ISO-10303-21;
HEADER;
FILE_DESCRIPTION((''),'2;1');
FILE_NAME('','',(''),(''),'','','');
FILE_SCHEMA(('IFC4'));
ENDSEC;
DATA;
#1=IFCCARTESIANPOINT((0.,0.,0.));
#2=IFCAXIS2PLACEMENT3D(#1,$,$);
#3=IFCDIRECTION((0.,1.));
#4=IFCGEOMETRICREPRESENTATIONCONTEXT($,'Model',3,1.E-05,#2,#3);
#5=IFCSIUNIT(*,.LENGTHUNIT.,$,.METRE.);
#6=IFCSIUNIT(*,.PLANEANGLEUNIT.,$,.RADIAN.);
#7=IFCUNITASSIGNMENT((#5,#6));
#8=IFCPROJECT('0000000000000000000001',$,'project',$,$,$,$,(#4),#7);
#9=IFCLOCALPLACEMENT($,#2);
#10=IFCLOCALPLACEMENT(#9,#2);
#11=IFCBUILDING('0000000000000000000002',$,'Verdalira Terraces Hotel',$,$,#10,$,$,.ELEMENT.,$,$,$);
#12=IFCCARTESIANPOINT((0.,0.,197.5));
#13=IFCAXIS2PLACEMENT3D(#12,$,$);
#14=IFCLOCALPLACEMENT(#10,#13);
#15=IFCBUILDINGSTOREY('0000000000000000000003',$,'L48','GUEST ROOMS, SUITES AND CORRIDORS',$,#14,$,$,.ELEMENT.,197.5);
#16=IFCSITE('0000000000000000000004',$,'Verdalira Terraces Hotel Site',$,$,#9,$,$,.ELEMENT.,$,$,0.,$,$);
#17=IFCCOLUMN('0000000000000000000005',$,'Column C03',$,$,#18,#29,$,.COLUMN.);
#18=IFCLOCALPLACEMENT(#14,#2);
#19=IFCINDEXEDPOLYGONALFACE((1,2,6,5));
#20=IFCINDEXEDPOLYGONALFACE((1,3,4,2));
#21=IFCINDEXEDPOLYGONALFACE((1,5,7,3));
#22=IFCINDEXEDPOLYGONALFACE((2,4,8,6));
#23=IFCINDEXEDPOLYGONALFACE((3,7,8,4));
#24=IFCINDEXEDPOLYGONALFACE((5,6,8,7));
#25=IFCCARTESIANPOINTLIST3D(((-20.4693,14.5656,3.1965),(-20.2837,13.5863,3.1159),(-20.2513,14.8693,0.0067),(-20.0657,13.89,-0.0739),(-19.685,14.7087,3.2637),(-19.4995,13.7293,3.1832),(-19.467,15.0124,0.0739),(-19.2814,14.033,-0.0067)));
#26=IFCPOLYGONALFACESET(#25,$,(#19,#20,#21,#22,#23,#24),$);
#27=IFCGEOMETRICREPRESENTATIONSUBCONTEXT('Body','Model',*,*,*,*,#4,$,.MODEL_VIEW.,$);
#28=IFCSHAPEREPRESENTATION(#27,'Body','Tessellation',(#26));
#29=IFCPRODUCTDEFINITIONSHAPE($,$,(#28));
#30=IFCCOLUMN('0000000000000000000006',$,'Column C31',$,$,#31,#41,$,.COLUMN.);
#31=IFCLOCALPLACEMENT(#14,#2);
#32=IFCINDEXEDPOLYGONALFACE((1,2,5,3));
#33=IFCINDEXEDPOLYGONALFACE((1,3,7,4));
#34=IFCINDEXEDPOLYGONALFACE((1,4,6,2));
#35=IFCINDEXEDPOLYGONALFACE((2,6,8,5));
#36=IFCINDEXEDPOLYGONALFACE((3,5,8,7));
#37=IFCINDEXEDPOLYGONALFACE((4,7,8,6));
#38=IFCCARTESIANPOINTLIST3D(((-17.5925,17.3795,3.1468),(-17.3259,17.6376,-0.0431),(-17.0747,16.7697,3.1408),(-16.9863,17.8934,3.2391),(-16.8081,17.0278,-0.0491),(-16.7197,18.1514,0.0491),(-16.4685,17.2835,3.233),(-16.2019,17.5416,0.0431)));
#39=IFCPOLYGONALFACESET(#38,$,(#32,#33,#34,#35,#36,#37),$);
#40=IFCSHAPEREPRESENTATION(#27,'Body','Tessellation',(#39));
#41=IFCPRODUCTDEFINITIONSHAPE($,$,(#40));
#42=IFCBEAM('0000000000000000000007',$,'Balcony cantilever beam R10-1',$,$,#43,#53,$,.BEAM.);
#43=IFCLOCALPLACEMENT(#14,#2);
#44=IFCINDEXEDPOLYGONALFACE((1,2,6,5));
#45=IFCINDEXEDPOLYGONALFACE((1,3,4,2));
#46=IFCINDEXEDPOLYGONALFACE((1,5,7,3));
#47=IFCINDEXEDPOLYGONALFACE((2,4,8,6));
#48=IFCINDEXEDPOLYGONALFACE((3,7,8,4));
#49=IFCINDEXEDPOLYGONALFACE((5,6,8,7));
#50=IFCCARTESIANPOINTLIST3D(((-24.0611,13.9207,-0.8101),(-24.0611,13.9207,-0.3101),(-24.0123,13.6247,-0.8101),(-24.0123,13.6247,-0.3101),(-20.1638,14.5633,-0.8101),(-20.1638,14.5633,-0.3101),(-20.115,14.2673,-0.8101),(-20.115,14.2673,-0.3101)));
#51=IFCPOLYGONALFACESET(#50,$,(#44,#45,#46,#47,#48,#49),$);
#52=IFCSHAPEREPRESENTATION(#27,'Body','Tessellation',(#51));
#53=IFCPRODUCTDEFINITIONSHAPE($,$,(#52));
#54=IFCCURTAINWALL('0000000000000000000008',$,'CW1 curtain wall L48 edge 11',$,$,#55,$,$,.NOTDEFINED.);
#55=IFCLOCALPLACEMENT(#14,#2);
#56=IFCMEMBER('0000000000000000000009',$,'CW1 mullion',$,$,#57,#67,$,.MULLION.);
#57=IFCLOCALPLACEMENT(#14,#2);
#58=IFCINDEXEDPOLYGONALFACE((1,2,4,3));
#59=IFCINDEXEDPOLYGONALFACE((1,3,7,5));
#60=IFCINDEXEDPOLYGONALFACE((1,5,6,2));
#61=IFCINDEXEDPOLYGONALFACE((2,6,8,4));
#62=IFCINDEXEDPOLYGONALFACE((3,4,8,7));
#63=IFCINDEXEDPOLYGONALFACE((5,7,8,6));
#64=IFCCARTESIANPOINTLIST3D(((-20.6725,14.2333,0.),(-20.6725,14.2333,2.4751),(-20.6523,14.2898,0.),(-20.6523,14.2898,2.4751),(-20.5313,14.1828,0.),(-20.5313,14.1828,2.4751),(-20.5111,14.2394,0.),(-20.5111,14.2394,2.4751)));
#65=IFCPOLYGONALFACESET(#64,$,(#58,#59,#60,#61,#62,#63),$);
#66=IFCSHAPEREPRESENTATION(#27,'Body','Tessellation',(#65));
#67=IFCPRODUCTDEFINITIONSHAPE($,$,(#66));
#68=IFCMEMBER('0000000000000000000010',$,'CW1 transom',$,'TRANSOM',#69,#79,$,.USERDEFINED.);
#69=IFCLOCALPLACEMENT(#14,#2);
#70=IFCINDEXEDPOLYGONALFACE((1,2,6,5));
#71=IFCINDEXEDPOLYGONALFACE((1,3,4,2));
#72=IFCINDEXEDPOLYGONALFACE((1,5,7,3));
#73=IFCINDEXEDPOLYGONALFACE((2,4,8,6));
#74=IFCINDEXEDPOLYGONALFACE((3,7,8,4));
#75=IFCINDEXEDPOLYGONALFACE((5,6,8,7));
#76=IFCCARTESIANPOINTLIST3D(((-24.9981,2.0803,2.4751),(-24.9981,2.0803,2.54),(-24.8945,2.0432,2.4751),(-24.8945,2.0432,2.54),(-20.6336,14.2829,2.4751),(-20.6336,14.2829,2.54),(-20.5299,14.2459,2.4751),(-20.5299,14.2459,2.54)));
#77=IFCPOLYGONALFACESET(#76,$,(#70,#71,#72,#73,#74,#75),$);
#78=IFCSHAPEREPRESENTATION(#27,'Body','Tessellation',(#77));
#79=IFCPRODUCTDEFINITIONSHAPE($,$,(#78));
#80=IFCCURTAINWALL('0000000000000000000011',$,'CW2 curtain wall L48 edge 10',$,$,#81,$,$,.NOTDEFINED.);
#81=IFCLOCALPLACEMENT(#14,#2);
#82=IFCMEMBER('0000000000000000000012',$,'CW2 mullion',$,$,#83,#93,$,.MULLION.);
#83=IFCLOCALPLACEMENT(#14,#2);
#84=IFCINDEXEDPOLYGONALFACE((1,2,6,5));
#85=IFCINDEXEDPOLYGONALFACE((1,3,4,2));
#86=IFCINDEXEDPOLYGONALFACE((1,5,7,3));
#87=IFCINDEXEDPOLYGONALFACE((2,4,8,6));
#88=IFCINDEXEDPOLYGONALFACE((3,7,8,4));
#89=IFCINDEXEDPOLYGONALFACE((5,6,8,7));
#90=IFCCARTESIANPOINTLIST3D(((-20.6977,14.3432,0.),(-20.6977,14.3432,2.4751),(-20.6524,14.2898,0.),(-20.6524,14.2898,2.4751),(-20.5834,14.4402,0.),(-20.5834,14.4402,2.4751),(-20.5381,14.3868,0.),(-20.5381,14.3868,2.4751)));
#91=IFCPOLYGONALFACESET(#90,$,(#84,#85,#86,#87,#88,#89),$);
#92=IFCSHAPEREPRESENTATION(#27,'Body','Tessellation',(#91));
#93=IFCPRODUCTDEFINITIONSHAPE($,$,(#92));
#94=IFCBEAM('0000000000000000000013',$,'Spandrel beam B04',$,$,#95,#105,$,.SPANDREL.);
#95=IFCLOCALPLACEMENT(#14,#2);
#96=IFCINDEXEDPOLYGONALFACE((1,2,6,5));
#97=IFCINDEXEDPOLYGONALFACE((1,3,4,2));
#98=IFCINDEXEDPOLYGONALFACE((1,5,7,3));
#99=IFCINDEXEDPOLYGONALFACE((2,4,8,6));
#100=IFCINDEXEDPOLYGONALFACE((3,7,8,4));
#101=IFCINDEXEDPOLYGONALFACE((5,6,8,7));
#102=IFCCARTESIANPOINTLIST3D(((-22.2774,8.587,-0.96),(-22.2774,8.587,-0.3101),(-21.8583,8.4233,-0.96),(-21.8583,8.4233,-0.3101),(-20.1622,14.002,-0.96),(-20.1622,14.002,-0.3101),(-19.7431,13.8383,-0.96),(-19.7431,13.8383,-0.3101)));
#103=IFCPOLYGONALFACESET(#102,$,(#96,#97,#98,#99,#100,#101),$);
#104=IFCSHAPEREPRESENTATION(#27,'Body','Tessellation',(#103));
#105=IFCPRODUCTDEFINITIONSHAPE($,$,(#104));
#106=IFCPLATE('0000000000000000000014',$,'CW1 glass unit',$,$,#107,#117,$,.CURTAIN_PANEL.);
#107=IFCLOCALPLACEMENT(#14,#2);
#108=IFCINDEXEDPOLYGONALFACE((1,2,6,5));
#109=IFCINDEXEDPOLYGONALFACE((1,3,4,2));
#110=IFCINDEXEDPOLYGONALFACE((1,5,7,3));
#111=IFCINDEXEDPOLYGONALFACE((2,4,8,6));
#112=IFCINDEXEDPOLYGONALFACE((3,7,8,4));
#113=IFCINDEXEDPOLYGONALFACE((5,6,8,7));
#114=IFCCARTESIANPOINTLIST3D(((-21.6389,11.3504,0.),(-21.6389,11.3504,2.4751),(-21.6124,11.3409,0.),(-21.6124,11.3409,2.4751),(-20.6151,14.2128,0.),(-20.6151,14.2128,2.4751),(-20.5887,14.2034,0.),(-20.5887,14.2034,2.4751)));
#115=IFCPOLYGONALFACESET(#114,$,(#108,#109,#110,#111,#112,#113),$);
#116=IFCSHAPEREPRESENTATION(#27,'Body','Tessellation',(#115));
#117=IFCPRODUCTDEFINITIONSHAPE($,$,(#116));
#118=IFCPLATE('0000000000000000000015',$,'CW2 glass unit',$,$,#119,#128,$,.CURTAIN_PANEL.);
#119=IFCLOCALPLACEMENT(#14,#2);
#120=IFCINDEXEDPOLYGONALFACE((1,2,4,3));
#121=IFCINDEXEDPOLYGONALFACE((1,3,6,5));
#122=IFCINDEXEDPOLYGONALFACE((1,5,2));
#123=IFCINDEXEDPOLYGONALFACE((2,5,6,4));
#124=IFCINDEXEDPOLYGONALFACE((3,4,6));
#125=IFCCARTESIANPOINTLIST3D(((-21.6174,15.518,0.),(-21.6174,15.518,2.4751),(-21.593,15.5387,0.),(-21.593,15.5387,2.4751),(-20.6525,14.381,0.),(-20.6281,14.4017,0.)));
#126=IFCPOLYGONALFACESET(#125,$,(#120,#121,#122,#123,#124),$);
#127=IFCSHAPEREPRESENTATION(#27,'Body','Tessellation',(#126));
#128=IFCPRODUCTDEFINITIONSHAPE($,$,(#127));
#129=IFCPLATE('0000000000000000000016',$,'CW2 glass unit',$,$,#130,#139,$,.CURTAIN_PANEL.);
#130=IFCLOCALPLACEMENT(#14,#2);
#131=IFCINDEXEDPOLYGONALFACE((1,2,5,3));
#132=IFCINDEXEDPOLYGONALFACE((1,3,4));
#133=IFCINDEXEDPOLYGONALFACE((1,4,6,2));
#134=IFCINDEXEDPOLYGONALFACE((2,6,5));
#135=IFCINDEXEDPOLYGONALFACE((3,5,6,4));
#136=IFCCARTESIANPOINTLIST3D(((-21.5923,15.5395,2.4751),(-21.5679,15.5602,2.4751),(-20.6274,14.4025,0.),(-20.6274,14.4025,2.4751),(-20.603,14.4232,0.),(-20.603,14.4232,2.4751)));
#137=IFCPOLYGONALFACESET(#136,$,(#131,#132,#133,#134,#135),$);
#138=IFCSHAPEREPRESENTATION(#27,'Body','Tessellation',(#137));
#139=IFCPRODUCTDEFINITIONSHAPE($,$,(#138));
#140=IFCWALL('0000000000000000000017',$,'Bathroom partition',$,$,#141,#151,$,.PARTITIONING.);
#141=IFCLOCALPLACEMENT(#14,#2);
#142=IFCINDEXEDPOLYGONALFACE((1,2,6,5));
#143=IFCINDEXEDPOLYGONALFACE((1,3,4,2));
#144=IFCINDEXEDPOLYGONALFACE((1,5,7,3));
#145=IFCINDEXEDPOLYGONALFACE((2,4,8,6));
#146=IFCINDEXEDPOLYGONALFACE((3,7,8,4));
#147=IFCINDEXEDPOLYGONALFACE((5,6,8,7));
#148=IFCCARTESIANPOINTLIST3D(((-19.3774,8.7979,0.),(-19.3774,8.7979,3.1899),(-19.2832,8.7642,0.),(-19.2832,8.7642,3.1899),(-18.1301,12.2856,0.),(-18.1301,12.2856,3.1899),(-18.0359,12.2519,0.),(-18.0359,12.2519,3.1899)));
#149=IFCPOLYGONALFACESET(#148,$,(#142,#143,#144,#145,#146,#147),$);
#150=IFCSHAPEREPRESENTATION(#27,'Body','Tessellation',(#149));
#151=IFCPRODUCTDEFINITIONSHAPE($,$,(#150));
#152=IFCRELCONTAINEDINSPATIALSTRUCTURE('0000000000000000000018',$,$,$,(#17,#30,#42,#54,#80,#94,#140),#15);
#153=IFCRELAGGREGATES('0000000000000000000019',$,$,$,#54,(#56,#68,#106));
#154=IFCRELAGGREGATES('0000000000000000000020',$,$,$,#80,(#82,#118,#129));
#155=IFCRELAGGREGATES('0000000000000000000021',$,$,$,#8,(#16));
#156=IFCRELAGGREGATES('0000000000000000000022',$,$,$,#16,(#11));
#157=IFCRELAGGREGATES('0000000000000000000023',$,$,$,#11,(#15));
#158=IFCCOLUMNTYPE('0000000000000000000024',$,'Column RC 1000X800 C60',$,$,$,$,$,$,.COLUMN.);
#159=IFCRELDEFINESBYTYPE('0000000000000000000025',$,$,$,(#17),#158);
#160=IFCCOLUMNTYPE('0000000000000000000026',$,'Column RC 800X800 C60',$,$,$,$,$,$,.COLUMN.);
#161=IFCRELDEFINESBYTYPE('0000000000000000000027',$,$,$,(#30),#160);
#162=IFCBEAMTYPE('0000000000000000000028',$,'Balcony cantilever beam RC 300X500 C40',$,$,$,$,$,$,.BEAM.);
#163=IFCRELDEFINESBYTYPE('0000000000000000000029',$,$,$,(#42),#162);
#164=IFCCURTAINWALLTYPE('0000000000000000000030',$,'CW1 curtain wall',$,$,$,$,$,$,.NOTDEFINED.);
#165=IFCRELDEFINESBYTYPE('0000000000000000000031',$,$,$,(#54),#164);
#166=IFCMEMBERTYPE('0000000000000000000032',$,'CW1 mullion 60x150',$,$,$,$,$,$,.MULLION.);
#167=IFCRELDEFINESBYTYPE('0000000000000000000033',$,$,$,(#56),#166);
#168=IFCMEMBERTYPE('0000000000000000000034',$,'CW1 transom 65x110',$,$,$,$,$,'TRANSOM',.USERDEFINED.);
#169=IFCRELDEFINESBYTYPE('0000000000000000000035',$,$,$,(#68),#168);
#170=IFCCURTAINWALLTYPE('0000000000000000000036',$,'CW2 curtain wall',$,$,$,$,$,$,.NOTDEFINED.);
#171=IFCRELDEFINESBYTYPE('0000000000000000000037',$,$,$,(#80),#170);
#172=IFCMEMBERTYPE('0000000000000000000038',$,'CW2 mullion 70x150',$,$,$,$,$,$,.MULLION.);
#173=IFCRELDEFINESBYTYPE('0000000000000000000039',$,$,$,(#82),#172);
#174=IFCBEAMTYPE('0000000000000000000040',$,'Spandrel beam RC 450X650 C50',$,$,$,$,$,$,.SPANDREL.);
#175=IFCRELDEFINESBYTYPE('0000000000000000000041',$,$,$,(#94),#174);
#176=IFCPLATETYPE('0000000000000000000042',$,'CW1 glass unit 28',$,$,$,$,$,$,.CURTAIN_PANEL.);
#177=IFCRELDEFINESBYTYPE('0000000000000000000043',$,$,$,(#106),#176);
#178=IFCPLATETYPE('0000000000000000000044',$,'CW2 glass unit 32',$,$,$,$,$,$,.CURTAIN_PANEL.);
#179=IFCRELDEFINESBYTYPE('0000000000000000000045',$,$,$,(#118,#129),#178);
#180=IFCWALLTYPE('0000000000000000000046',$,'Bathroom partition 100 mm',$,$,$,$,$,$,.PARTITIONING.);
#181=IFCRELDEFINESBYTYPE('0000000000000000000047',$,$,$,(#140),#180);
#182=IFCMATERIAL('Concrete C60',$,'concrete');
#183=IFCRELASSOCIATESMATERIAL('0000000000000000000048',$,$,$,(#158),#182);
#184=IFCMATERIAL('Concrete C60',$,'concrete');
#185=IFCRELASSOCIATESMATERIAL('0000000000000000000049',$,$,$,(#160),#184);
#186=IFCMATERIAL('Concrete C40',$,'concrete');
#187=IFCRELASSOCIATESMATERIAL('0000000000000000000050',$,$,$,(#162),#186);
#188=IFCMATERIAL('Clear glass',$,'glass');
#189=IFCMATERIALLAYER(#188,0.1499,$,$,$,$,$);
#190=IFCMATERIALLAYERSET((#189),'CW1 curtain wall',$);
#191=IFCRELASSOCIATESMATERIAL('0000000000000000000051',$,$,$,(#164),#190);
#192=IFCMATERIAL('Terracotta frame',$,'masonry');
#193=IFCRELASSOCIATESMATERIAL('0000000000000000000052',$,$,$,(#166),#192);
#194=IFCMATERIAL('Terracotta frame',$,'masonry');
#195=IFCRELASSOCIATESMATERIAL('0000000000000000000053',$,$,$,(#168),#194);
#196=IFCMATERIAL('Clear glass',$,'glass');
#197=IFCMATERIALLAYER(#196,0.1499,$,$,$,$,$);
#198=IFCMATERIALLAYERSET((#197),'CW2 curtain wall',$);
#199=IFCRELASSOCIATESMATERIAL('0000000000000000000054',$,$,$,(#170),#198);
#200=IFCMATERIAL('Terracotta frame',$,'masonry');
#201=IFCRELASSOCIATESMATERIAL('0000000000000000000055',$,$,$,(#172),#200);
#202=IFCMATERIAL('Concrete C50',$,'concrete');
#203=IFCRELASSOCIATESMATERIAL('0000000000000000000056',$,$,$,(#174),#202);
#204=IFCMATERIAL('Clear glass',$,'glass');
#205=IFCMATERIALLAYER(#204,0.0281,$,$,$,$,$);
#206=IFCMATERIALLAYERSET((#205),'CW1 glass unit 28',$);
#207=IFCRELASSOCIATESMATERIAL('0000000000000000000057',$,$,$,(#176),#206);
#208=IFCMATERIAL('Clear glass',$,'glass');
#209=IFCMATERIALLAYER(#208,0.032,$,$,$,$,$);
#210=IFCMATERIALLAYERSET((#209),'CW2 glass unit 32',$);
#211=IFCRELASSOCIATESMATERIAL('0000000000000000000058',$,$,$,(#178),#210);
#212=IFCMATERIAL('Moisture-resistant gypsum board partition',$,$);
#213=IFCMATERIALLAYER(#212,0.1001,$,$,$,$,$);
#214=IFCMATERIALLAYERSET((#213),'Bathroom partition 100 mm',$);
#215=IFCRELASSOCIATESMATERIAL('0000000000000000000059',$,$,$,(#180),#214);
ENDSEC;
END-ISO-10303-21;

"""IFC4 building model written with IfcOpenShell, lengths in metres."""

from ifc_helpers import new_model, si_unit, direction, frame, frame_2d, origin, origin_2d, place, context, subcontext, project, spatial, polyline, rectangle, outline, extrude, material, layer, layer_set, material_profile, profile_set, type_object, element, aggregate, save


model = new_model("IFC4")

# Units and contexts
model_context = context("Model", 3, precision=1e-05, world=origin(), true_north=direction((0.0, 1.0)))
body_context = subcontext(model_context, "Body", "Model", "MODEL_VIEW")
ifc_project = project(units=[si_unit("LENGTHUNIT", "METRE"), si_unit("PLANEANGLEUNIT", "RADIAN")], contexts=[model_context])

# Site, building, storey
site_placement = place(None, origin())
site = spatial("IfcSite", under=ifc_project, at=site_placement, Name="Verdalira Terraces Hotel Site", CompositionType="ELEMENT", RefElevation=0.0)
building_placement = place(site_placement, origin())
building = spatial("IfcBuilding", under=site, at=building_placement, Name="Verdalira Terraces Hotel", CompositionType="ELEMENT")
storey_placement = place(building_placement, frame((0.0, 0.0, 197.5)))
storey = spatial("IfcBuildingStorey", under=building, at=storey_placement, Name="L48", Description="GUEST ROOMS, SUITES AND CORRIDORS", CompositionType="ELEMENT", Elevation=197.5)

# Columns
ifc_material_1 = material(Name="Concrete C60", Category="concrete")
ifc_material_profile_1 = material_profile(ifc_material_1, rectangle(XDim=1.0, YDim=0.8, at=origin_2d()), Name="RC 1000X800")
ifc_profile_set_1 = profile_set([ifc_material_profile_1], Name="Concrete C60")
column_type_1 = type_object("IfcColumnType", Name="Column RC 1000X800 C60", PredefinedType="COLUMN", material=ifc_profile_set_1)
column_1_placement = place(storey_placement, frame((-19.7664, 14.4512, 0.0), z_axis=(-0.067881, -0.094562, 0.993202), x_axis=(-0.185549, 0.979327, 0.080559)))
element("IfcColumn", 1, at=column_1_placement, inside=storey, type_object=column_type_1, Name="Column C03", PredefinedType="COLUMN", context=body_context, shape_type="SweptSolid", body=[
    extrude(rectangle(XDim=1.0, YDim=0.8, at=origin_2d()), origin(), (0.0, 0.0, 1.0), 3.2117),
])
ifc_material_2 = material(Name="Concrete C60", Category="concrete")
ifc_material_profile_2 = material_profile(ifc_material_2, rectangle(XDim=0.8, YDim=0.8, at=origin_2d()), Name="RC 800X800")
ifc_profile_set_2 = profile_set([ifc_material_profile_2], Name="Concrete C60")
column_type_2 = type_object("IfcColumnType", Name="Column RC 800X800 C60", PredefinedType="COLUMN", material=ifc_profile_set_2)
column_2_placement = place(storey_placement, frame((-16.7639, 17.5896, 0.0), z_axis=(-0.083016, -0.080355, 0.993303), x_axis=(-0.647228, 0.762259, 0.007572)))
element("IfcColumn", 2, at=column_2_placement, inside=storey, type_object=column_type_2, Name="Column C31", PredefinedType="COLUMN", context=body_context, shape_type="SweptSolid", body=[
    extrude(rectangle(XDim=0.8, YDim=0.8, at=origin_2d()), origin(), (0.0, 0.0, 1.0), 3.2114),
])

# Beam
ifc_material_3 = material(Name="Concrete C40", Category="concrete")
ifc_material_profile_3 = material_profile(ifc_material_3, rectangle(XDim=0.3, YDim=0.5, at=origin_2d()), Name="RC 300X500")
ifc_profile_set_3 = profile_set([ifc_material_profile_3], Name="Concrete C40")
beam_type_1 = type_object("IfcBeamType", Name="Balcony cantilever beam RC 300X500 C40", PredefinedType="BEAM", material=ifc_profile_set_3)
beam_1_placement = place(storey_placement, frame((-20.1394, 14.4153, -0.5601), z_axis=(-0.986678, -0.162685, 0.0), x_axis=(0.162685, -0.986678, 0.0)))
element("IfcBeam", 3, at=beam_1_placement, inside=storey, type_object=beam_type_1, Name="Balcony cantilever beam R10-1", PredefinedType="BEAM", context=body_context, shape_type="SweptSolid", body=[
    extrude(rectangle(XDim=0.3, YDim=0.5, at=origin_2d()), origin(), (0.0, 0.0, 1.0), 3.95),
])

# Curtain wall, members
ifc_material_4 = material(Name="Clear glass", Category="glass")
ifc_layer_1 = layer(ifc_material_4, 0.1499)
ifc_layer_set_1 = layer_set([ifc_layer_1], Name="CW1 curtain wall")
curtain_wall_type_1 = type_object("IfcCurtainWallType", Name="CW1 curtain wall", PredefinedType="NOTDEFINED", material=ifc_layer_set_1)
curtain_wall_1_placement = place(storey_placement, origin())
curtain_wall_1 = element("IfcCurtainWall", 4, at=curtain_wall_1_placement, inside=storey, type_object=curtain_wall_type_1, Name="CW1 curtain wall L48 edge 11", PredefinedType="NOTDEFINED")
ifc_material_5 = material(Name="Terracotta frame", Category="masonry")
ifc_material_profile_4 = material_profile(ifc_material_5, rectangle(XDim=0.0601, YDim=0.1499, at=origin_2d()), Name="MU 60x150")
ifc_profile_set_4 = profile_set([ifc_material_profile_4], Name="Terracotta frame")
member_type_1 = type_object("IfcMemberType", Name="CW1 mullion 60x150", PredefinedType="MULLION", material=ifc_profile_set_4)
member_1_placement = place(storey_placement, frame((-20.5918, 14.2363, 0.0), z_axis=(0.0, 0.0, 1.0), x_axis=(-0.336767, -0.941588, 0.0)))
member_1 = element("IfcMember", 5, at=member_1_placement, type_object=member_type_1, Name="CW1 mullion", PredefinedType="MULLION", context=body_context, shape_type="SweptSolid", body=[
    extrude(rectangle(XDim=0.0601, YDim=0.1499, at=origin_2d()), origin(), (0.0, 0.0, 1.0), 2.4751),
])
ifc_material_6 = material(Name="Terracotta frame", Category="masonry")
ifc_material_profile_5 = material_profile(ifc_material_6, rectangle(XDim=0.1101, YDim=0.0649, at=origin_2d()), Name="TR 65x110")
ifc_profile_set_5 = profile_set([ifc_material_profile_5], Name="Terracotta frame")
member_type_2 = type_object("IfcMemberType", Name="CW1 transom 65x110", ElementType="TRANSOM", PredefinedType="USERDEFINED", material=ifc_profile_set_5)
member_2_placement = place(storey_placement, frame((-20.5818, 14.2644, 2.5076), z_axis=(-0.336776, -0.941585, 0.0), x_axis=(0.941585, -0.336776, 0.0)))
member_2 = element("IfcMember", 6, at=member_2_placement, type_object=member_type_2, Name="CW1 transom", ObjectType="TRANSOM", PredefinedType="USERDEFINED", context=body_context, shape_type="SweptSolid", body=[
    extrude(rectangle(XDim=0.1101, YDim=0.0649, at=origin_2d()), origin(), (0.0, 0.0, 1.0), 12.9597),
])

# Curtain wall, member
ifc_material_7 = material(Name="Clear glass", Category="glass")
ifc_layer_2 = layer(ifc_material_7, 0.1499)
ifc_layer_set_2 = layer_set([ifc_layer_2], Name="CW2 curtain wall")
curtain_wall_type_2 = type_object("IfcCurtainWallType", Name="CW2 curtain wall", PredefinedType="NOTDEFINED", material=ifc_layer_set_2)
curtain_wall_2_placement = place(storey_placement, origin())
curtain_wall_2 = element("IfcCurtainWall", 7, at=curtain_wall_2_placement, inside=storey, type_object=curtain_wall_type_2, Name="CW2 curtain wall L48 edge 10", PredefinedType="NOTDEFINED")
ifc_material_8 = material(Name="Terracotta frame", Category="masonry")
ifc_material_profile_6 = material_profile(ifc_material_8, rectangle(XDim=0.0701, YDim=0.1499, at=origin_2d()), Name="MU 70x150")
ifc_profile_set_6 = profile_set([ifc_material_profile_6], Name="Terracotta frame")
member_type_3 = type_object("IfcMemberType", Name="CW2 mullion 70x150", PredefinedType="MULLION", material=ifc_profile_set_6)
member_3_placement = place(storey_placement, frame((-20.6179, 14.365, 0.0), z_axis=(0.0, 0.0, 1.0), x_axis=(0.647056, -0.762443, 0.0)))
member_3 = element("IfcMember", 8, at=member_3_placement, type_object=member_type_3, Name="CW2 mullion", PredefinedType="MULLION", context=body_context, shape_type="SweptSolid", body=[
    extrude(rectangle(XDim=0.0701, YDim=0.1499, at=origin_2d()), origin(), (0.0, 0.0, 1.0), 2.4751),
])

# Beam
ifc_material_9 = material(Name="Concrete C50", Category="concrete")
ifc_material_profile_7 = material_profile(ifc_material_9, rectangle(XDim=0.45, YDim=0.6499, at=origin_2d()), Name="RC 450X650")
ifc_profile_set_7 = profile_set([ifc_material_profile_7], Name="Concrete C50")
beam_type_2 = type_object("IfcBeamType", Name="Spandrel beam RC 450X650 C50", PredefinedType="SPANDREL", material=ifc_profile_set_7)
beam_2_placement = place(storey_placement, frame((-19.9526, 13.9202, -0.635), z_axis=(-0.363848, -0.931458, 0.0), x_axis=(0.931458, -0.363848, 0.0)))
element("IfcBeam", 9, at=beam_2_placement, inside=storey, type_object=beam_type_2, Name="Spandrel beam B04", PredefinedType="SPANDREL", context=body_context, shape_type="SweptSolid", body=[
    extrude(rectangle(XDim=0.45, YDim=0.6499, at=origin_2d()), origin(), (0.0, 0.0, 1.0), 5.8135),
])

# Plates
ifc_material_10 = material(Name="Clear glass", Category="glass")
ifc_layer_3 = layer(ifc_material_10, 0.0281)
ifc_layer_set_3 = layer_set([ifc_layer_3], Name="CW1 glass unit 28")
plate_type_1 = type_object("IfcPlateType", Name="CW1 glass unit 28", PredefinedType="CURTAIN_PANEL", material=ifc_layer_set_3)
plate_1_placement = place(storey_placement, frame((-21.1138, 12.7769, 0.0), z_axis=(0.0, 0.0, 1.0), x_axis=(-0.336767, -0.941588, 0.0)))
plate_1 = element("IfcPlate", 10, at=plate_1_placement, type_object=plate_type_1, Name="CW1 glass unit", PredefinedType="CURTAIN_PANEL", context=body_context, shape_type="SweptSolid", body=[
    extrude(rectangle(XDim=3.04, YDim=0.0281, at=origin_2d()), origin(), (0.0, 0.0, 1.0), 2.4751),
])
aggregate(curtain_wall_1, [member_1, member_2, plate_1])
ifc_material_11 = material(Name="Clear glass", Category="glass")
ifc_layer_4 = layer(ifc_material_11, 0.032)
ifc_layer_set_4 = layer_set([ifc_layer_4], Name="CW2 glass unit 32")
plate_type_2 = type_object("IfcPlateType", Name="CW2 glass unit 32", PredefinedType="CURTAIN_PANEL", material=ifc_layer_set_4)
plate_2_placement = place(storey_placement, frame((-21.1106, 14.9702, 1.2375), z_axis=(-0.762443, -0.647056, 0.0), x_axis=(0.647056, -0.762443, 0.0)))
plate_2 = element("IfcPlate", 11, at=plate_2_placement, type_object=plate_type_2, Name="CW2 glass unit", PredefinedType="CURTAIN_PANEL", context=body_context, shape_type="SweptSolid", body=[
    extrude(outline(polyline([(-0.7456, -1.2375), (0.7456, -1.2375), (-0.7456, 1.2375), (-0.7456, -1.2375)])), origin(), (0.0, 0.0, 1.0), 0.032),
])
plate_3_placement = place(storey_placement, frame((-21.0854, 14.9917, 1.2375), z_axis=(-0.762443, -0.647056, 0.0), x_axis=(0.647056, -0.762443, 0.0)))
plate_3 = element("IfcPlate", 12, at=plate_3_placement, type_object=plate_type_2, Name="CW2 glass unit", PredefinedType="CURTAIN_PANEL", context=body_context, shape_type="SweptSolid", body=[
    extrude(outline(polyline([(0.7456, -1.2375), (0.7456, 1.2375), (-0.7456, 1.2375), (0.7456, -1.2375)])), origin(), (0.0, 0.0, 1.0), 0.032),
])
aggregate(curtain_wall_2, [member_3, plate_2, plate_3])

# Wall
ifc_material_12 = material(Name="Moisture-resistant gypsum board partition")
ifc_layer_5 = layer(ifc_material_12, 0.1001)
ifc_layer_set_5 = layer_set([ifc_layer_5], Name="Bathroom partition 100 mm")
wall_type_1 = type_object("IfcWallType", Name="Bathroom partition 100 mm", PredefinedType="PARTITIONING", material=ifc_layer_set_5)
wall_1_placement = place(storey_placement, frame((-19.3303, 8.781, 0.0), z_axis=(0.0, 0.0, 1.0), x_axis=(0.336737, 0.941599, 0.0)))
element("IfcWall", 13, at=wall_1_placement, inside=storey, type_object=wall_type_1, Name="Bathroom partition", PredefinedType="PARTITIONING", context=body_context, shape_type="SweptSolid", body=[
    extrude(rectangle(XDim=3.7041, YDim=0.1001, at=frame_2d((1.8521, 0.0))), origin(), (0.0, 0.0, 1.0), 3.1899),
])

save(model, "model.ifc")
